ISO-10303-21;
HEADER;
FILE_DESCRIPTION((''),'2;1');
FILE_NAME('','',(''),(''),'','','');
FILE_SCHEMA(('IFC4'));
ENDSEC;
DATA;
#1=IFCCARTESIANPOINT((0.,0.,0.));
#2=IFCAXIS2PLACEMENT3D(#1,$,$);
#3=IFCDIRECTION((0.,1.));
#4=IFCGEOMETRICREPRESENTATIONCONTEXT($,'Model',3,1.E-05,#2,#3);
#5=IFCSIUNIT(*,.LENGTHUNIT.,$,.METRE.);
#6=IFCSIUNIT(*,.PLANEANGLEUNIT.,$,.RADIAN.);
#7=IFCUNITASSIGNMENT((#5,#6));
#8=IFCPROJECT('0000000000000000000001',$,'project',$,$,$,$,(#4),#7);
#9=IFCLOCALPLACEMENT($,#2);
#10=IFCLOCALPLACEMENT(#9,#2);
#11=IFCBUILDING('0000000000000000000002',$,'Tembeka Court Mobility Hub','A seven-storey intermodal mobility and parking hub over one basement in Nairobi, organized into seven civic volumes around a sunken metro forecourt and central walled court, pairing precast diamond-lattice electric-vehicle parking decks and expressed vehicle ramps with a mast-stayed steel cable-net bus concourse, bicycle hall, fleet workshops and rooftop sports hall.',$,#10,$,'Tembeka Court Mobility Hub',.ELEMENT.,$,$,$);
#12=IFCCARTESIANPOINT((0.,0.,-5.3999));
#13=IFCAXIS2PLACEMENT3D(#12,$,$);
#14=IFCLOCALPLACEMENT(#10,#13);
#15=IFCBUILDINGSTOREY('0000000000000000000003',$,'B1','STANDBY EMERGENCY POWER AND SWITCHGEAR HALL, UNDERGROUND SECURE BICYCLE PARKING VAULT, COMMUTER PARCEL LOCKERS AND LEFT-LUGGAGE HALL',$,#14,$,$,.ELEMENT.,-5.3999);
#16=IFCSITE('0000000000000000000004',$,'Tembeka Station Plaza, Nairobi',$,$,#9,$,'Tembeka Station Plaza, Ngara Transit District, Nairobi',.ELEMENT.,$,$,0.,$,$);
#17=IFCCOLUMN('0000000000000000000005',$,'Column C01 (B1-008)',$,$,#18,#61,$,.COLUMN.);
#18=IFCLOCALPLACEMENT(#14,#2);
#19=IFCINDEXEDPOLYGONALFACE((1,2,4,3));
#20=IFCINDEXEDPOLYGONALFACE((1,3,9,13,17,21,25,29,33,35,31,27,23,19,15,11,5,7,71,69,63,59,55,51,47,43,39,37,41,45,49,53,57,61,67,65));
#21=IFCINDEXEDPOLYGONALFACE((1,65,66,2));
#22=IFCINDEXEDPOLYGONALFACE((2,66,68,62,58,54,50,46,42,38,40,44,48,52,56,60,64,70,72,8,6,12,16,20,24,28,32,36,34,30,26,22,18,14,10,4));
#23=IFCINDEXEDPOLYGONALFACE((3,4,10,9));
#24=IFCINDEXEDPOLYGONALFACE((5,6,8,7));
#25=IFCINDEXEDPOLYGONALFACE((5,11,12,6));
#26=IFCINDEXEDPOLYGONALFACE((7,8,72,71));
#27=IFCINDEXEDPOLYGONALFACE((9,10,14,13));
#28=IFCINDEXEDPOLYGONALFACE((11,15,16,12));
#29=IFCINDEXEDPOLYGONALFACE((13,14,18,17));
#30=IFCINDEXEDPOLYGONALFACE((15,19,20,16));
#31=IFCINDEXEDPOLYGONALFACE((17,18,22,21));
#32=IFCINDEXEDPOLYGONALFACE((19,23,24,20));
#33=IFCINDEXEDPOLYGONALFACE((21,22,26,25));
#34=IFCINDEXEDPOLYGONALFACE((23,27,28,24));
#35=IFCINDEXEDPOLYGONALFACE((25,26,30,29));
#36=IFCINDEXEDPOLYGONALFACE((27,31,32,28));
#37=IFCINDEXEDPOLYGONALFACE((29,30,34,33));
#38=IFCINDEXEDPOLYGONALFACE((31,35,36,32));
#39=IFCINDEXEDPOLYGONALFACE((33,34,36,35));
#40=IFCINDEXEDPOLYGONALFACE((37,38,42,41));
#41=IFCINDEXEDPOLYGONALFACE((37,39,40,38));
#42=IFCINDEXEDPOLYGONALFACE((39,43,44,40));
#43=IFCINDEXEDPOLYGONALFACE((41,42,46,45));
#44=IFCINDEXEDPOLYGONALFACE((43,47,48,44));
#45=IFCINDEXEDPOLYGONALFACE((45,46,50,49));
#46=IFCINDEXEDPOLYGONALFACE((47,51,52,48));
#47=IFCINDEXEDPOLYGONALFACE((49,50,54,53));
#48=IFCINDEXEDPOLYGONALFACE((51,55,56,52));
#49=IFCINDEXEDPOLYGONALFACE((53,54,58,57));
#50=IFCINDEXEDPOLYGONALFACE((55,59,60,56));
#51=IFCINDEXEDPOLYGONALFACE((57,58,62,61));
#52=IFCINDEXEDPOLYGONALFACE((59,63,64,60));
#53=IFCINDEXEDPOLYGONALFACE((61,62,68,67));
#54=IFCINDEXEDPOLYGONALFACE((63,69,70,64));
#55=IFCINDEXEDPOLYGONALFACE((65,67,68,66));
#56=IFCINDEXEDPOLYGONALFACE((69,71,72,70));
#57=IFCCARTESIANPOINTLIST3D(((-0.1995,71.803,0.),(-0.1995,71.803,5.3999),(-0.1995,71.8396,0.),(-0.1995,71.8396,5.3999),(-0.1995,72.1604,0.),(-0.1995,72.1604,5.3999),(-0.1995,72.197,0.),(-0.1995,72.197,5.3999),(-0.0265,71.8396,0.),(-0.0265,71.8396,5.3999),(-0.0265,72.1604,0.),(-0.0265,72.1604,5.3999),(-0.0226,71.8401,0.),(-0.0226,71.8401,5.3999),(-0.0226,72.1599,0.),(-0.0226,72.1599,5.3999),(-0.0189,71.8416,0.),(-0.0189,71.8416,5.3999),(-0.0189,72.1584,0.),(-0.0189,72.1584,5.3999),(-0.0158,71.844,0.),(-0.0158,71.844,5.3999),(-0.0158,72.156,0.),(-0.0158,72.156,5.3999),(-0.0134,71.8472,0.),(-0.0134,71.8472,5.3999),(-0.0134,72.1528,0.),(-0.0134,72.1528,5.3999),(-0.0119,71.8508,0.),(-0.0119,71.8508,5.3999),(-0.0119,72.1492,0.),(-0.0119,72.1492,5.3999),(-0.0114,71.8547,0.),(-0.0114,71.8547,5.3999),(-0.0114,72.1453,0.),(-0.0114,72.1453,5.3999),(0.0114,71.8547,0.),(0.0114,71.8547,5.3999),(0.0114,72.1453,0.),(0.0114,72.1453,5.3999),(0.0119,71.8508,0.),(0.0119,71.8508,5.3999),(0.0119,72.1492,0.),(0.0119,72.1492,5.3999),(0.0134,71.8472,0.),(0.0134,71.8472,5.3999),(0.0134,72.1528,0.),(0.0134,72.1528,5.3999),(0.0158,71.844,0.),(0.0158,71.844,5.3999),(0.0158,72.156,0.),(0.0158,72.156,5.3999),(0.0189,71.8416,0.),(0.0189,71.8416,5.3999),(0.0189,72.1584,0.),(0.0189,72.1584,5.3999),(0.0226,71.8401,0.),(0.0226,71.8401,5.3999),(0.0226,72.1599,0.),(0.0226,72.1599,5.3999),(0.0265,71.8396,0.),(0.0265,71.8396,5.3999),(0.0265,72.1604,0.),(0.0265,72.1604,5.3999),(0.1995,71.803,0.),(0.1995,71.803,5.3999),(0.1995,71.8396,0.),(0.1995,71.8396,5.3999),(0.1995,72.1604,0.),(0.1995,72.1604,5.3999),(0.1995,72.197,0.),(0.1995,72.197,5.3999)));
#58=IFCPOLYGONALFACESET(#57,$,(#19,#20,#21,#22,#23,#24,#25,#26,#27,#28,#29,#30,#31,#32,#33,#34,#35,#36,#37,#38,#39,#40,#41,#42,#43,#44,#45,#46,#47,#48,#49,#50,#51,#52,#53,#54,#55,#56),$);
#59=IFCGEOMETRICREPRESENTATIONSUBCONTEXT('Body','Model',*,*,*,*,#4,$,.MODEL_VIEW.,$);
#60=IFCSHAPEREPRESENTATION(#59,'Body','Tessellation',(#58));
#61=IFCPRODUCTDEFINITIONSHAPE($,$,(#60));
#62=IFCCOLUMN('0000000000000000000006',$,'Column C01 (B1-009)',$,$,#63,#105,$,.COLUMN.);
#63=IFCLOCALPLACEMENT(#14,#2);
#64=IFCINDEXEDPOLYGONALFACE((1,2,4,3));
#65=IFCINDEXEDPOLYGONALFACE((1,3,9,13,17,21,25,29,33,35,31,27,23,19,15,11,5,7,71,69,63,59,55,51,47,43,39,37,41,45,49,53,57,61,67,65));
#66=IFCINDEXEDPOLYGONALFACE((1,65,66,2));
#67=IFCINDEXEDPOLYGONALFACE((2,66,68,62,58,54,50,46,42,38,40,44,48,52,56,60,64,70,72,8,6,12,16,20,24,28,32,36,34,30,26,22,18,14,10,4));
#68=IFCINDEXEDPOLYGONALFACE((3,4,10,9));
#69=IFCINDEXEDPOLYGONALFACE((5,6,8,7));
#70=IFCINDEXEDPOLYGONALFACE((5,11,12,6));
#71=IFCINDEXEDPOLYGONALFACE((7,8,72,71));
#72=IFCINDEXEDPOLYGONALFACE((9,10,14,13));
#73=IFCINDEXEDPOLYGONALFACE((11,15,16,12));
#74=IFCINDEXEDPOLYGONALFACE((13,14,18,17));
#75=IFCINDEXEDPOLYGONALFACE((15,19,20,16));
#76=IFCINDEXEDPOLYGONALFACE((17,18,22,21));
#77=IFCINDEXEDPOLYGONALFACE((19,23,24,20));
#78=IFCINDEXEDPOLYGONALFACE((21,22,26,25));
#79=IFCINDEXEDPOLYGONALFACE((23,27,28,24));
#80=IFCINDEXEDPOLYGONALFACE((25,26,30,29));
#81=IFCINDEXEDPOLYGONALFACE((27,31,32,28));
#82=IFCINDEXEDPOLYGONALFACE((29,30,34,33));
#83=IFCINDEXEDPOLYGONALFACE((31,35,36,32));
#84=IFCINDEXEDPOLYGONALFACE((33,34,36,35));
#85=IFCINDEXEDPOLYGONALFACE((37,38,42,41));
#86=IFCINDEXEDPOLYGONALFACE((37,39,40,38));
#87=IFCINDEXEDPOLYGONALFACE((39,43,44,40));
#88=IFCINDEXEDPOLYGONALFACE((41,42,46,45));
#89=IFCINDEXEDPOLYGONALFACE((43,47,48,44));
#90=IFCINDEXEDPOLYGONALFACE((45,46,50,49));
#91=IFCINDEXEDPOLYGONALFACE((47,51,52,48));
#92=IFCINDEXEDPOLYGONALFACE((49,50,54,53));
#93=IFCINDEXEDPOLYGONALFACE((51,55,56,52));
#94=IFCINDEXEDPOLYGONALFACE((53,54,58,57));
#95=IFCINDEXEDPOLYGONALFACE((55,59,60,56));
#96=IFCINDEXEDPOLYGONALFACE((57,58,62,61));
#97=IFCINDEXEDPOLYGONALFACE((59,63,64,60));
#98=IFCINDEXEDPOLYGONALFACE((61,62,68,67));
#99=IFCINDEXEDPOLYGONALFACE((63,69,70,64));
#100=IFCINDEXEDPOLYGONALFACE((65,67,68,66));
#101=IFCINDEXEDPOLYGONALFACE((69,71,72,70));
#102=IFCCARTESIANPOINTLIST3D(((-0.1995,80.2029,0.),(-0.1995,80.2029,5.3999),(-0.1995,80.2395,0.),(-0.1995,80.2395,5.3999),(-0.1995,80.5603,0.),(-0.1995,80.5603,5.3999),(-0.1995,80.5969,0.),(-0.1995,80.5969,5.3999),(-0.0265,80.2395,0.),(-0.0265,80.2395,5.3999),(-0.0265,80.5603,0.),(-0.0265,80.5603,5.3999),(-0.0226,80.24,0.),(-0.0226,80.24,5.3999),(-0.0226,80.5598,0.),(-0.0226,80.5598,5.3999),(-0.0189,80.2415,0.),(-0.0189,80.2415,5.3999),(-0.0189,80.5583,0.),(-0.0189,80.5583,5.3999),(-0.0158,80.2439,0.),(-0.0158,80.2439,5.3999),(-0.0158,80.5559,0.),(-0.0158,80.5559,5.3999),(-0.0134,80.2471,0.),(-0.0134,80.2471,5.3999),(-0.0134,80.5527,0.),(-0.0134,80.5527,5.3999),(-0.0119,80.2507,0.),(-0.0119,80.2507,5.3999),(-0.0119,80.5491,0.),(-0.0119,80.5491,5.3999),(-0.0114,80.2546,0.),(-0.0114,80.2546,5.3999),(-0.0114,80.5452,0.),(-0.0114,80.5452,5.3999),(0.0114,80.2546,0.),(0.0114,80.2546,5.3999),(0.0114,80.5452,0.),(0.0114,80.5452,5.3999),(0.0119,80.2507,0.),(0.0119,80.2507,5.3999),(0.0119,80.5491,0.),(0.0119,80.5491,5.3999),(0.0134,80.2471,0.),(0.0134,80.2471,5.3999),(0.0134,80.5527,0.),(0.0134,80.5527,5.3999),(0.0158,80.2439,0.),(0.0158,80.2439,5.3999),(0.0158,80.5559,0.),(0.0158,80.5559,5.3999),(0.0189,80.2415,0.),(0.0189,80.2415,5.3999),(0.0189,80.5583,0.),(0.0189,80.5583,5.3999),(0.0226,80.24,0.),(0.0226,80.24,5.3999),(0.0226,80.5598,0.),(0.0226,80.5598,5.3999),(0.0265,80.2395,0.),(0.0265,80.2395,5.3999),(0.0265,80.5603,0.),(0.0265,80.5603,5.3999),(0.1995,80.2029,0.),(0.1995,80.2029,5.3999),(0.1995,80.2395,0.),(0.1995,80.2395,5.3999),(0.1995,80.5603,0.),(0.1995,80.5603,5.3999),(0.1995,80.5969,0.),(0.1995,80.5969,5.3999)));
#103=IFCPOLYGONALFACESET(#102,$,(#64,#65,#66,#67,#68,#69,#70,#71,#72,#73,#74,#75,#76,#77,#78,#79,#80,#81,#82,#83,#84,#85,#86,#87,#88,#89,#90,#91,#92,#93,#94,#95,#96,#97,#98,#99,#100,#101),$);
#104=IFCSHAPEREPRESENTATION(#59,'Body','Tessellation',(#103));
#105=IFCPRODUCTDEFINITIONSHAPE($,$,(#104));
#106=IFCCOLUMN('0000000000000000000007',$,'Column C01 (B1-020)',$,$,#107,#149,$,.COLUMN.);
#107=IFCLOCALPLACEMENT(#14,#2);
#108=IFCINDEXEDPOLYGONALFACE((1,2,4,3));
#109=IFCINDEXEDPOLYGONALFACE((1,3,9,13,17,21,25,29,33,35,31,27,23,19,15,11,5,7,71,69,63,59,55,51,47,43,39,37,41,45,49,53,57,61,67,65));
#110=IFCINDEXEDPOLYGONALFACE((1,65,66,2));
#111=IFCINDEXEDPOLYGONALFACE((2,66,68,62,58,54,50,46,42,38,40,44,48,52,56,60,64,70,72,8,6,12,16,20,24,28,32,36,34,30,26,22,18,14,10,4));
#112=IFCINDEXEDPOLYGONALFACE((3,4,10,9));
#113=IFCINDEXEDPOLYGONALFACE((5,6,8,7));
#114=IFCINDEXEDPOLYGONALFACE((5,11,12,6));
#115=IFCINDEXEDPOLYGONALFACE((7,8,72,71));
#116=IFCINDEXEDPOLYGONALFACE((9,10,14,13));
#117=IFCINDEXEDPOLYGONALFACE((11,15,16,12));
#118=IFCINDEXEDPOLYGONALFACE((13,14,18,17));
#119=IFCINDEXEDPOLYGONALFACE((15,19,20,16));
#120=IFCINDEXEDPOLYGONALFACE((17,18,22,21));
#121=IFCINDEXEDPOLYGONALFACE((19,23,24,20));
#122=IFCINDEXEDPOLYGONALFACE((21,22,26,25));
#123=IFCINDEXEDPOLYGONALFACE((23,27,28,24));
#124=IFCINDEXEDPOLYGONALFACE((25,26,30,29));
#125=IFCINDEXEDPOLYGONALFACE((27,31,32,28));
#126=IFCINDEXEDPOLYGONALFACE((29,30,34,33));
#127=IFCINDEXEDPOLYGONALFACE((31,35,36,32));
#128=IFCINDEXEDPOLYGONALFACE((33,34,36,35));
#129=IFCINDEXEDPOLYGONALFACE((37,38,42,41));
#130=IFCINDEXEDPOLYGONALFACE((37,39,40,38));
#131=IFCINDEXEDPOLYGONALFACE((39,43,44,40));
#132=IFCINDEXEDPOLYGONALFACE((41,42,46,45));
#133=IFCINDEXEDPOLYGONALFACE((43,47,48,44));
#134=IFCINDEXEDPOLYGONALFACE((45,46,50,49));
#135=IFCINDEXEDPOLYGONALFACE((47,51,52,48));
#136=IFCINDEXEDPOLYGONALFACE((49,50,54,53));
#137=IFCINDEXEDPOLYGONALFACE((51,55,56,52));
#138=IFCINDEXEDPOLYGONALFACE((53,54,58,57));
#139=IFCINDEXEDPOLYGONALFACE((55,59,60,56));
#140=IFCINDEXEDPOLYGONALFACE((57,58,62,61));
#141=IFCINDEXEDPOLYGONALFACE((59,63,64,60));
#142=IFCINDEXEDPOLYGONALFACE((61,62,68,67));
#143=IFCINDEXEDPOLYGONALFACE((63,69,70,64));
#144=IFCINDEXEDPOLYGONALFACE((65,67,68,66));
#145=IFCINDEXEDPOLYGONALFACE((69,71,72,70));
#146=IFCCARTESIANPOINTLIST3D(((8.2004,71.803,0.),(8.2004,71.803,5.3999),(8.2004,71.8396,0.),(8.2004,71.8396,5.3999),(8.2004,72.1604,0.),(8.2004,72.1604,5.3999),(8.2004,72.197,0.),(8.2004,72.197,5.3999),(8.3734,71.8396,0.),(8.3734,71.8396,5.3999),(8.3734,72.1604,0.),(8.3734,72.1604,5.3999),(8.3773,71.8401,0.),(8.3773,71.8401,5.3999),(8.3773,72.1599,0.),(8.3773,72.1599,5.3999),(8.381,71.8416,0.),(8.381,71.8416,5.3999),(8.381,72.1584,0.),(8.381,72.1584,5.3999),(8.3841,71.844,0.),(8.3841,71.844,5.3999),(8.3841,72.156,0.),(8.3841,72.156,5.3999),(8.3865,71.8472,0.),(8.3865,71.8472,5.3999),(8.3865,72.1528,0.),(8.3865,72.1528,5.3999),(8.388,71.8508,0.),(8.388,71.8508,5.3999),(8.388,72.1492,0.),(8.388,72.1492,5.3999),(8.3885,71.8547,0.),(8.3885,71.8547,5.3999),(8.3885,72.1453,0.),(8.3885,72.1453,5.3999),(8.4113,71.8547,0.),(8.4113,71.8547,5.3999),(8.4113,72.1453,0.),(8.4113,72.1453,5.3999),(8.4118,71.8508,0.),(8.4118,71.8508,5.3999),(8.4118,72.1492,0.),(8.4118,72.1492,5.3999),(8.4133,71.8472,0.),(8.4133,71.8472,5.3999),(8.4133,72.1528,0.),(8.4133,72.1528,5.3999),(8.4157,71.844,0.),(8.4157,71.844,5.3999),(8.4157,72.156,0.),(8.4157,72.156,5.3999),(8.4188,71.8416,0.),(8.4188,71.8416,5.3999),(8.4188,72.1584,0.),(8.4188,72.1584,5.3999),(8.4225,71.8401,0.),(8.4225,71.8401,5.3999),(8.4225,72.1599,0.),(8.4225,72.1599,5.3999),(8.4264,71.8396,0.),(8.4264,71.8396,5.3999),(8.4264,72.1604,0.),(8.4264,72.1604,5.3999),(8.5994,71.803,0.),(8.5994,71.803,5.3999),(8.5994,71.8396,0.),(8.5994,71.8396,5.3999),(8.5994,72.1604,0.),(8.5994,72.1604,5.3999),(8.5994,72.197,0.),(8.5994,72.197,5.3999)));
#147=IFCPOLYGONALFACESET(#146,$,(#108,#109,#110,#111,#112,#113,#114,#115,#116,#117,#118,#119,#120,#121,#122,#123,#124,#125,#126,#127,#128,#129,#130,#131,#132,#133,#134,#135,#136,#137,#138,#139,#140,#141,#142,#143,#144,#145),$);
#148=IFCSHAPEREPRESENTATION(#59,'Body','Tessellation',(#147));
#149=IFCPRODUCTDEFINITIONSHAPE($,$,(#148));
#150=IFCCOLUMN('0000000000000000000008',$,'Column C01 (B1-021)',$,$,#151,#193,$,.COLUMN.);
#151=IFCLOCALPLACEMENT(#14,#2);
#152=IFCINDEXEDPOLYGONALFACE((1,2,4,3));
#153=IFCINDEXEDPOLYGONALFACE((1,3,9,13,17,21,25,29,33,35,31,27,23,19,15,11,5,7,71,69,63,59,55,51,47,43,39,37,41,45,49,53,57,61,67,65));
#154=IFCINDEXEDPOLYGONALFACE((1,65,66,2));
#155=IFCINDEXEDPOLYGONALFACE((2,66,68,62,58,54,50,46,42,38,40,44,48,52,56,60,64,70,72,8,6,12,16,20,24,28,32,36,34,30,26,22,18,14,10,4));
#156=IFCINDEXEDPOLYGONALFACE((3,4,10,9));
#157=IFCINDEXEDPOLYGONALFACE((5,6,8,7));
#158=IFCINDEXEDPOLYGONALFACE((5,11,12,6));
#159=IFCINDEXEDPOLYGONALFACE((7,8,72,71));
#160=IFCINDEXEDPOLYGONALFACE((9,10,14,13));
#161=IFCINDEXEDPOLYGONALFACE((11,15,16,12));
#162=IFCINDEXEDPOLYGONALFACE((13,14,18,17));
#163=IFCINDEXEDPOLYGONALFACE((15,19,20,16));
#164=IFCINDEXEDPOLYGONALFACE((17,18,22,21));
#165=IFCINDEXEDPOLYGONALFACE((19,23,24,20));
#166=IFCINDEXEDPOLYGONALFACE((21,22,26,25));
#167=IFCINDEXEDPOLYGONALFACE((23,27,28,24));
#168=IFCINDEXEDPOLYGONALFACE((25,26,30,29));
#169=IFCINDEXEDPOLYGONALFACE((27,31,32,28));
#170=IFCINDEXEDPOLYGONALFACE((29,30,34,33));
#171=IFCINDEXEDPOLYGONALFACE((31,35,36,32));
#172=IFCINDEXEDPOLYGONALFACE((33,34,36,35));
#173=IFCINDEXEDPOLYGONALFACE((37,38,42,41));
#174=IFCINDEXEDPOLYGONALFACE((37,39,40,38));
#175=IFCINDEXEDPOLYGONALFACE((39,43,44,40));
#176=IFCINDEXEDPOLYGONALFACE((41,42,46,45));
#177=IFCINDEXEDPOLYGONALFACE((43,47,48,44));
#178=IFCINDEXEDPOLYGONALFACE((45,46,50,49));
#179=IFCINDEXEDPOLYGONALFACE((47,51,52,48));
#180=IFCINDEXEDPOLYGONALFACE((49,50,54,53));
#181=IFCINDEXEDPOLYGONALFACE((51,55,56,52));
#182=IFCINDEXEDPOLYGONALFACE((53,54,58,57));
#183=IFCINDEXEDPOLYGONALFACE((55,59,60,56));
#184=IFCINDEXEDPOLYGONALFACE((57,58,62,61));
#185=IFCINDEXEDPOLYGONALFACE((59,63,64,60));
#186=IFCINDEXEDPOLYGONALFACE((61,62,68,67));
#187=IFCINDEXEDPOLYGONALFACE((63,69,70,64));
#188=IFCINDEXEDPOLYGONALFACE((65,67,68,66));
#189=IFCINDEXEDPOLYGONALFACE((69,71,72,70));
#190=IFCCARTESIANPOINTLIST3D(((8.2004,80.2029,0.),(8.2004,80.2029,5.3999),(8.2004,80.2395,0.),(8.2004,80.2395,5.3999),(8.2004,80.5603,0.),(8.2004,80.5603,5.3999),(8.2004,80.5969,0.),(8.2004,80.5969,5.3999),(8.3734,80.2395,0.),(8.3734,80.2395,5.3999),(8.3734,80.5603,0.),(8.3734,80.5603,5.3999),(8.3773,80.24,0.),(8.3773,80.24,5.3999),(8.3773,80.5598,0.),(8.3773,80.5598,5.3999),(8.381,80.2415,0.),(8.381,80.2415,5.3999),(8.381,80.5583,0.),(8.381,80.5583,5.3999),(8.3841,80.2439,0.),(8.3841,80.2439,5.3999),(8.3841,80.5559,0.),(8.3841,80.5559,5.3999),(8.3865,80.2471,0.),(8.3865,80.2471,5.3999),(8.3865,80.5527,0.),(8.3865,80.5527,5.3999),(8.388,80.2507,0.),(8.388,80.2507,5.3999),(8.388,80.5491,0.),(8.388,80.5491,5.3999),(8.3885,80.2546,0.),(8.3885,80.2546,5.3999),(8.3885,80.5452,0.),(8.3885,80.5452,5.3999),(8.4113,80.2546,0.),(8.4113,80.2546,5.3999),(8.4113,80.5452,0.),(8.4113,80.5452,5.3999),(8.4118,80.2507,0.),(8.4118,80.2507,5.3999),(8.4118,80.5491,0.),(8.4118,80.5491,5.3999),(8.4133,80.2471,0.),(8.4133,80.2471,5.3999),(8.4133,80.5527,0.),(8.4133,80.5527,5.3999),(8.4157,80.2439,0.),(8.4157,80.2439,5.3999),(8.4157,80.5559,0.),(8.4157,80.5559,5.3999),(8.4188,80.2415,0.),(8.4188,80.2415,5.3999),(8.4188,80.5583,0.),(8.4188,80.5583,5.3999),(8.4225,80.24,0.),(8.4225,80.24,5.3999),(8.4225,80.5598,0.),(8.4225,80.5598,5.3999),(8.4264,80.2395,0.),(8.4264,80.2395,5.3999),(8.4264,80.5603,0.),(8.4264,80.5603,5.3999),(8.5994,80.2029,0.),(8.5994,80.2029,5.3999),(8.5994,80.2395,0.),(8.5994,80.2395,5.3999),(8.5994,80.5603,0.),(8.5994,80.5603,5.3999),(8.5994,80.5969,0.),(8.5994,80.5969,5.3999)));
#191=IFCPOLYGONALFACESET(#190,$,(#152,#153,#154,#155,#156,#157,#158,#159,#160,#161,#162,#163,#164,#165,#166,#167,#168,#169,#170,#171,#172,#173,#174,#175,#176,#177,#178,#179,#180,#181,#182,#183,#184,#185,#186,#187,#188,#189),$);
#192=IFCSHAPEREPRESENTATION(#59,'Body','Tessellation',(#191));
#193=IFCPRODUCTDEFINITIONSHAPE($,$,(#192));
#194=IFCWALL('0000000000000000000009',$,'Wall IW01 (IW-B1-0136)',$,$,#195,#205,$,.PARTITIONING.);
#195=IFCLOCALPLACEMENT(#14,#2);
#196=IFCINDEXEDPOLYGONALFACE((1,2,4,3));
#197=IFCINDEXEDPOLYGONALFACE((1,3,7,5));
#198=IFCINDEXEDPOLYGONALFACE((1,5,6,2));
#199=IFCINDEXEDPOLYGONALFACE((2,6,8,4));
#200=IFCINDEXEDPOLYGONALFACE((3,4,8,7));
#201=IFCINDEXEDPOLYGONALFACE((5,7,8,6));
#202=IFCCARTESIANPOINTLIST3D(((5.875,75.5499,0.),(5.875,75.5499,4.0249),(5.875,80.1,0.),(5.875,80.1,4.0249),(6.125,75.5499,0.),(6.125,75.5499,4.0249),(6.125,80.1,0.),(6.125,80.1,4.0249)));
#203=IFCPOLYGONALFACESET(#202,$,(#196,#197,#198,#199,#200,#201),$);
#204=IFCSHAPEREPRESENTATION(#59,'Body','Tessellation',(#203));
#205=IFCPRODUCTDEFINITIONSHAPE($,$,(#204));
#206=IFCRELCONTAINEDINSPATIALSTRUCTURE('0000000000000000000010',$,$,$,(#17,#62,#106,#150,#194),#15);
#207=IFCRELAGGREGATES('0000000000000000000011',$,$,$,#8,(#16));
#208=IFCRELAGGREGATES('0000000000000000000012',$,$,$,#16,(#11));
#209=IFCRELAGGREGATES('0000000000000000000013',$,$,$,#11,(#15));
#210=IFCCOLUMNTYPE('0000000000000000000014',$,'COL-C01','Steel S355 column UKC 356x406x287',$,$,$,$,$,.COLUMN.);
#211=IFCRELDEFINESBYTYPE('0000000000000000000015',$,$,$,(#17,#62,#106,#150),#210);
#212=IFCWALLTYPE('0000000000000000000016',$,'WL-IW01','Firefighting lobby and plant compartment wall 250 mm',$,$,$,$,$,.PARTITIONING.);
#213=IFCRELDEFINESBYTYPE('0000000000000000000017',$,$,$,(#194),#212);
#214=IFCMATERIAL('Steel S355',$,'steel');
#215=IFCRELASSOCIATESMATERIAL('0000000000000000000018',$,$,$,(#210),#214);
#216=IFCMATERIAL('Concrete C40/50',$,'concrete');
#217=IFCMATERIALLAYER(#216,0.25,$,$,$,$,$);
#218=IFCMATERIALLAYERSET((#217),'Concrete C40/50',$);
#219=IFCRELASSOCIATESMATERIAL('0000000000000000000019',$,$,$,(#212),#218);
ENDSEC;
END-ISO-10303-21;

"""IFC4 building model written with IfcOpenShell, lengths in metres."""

from ifc_helpers import new_model, si_unit, direction, frame, frame_2d, origin, origin_2d, place, context, subcontext, project, spatial, rectangle, i_section, extrude, material, layer, layer_set, material_profile, profile_set, type_object, element, save


model = new_model("IFC4")

# Units and contexts
model_context = context("Model", 3, precision=1e-05, world=origin(), true_north=direction((0.0, 1.0)))
body_context = subcontext(model_context, "Body", "Model", "MODEL_VIEW")
ifc_project = project(units=[si_unit("LENGTHUNIT", "METRE"), si_unit("PLANEANGLEUNIT", "RADIAN")], contexts=[model_context])

# Site, building, storey
site_placement = place(None, origin())
site = spatial("IfcSite", under=ifc_project, at=site_placement, Name="Tembeka Station Plaza, Nairobi", LongName="Tembeka Station Plaza, Ngara Transit District, Nairobi", CompositionType="ELEMENT", RefElevation=0.0)
building_placement = place(site_placement, origin())
building = spatial("IfcBuilding", under=site, at=building_placement, Name="Tembeka Court Mobility Hub", Description="A seven-storey intermodal mobility and parking hub over one basement in Nairobi, organized into seven civic volumes around a sunken metro forecourt and central walled court, pairing precast diamond-lattice electric-vehicle parking decks and expressed vehicle ramps with a mast-stayed steel cable-net bus concourse, bicycle hall, fleet workshops and rooftop sports hall.", LongName="Tembeka Court Mobility Hub", CompositionType="ELEMENT")
storey_placement = place(building_placement, frame((0.0, 0.0, -5.3999)))
storey = spatial("IfcBuildingStorey", under=building, at=storey_placement, Name="B1", Description="STANDBY EMERGENCY POWER AND SWITCHGEAR HALL, UNDERGROUND SECURE BICYCLE PARKING VAULT, COMMUTER PARCEL LOCKERS AND LEFT-LUGGAGE HALL", CompositionType="ELEMENT", Elevation=-5.3999)

# Shared definitions
ifc_material_1 = material(Name="Concrete C40/50", Category="concrete")

# Columns
ifc_material_2 = material(Name="Steel S355", Category="steel")
ifc_material_profile_1 = material_profile(ifc_material_2, i_section(OverallWidth=0.3989, OverallDepth=0.394, WebThickness=0.0227, FlangeThickness=0.0366, FilletRadius=0.0151, at=origin_2d()), Name="UKC 356x406x287")
ifc_profile_set_1 = profile_set([ifc_material_profile_1], Name="Steel S355")
column_type = type_object("IfcColumnType", Name="COL-C01", Description="Steel S355 column UKC 356x406x287", PredefinedType="COLUMN", material=ifc_profile_set_1)
for number, where, z_axis, x_axis, name in (
    (1, (0.0, 72.0, 0.0), (0.0, 0.0, 1.0), (1.0, 0.0, 0.0), "Column C01 (B1-008)"),
    (2, (0.0, 80.3999, 0.0), (0.0, 0.0, 1.0), (1.0, 0.0, 0.0), "Column C01 (B1-009)"),
    (3, (8.3999, 72.0, 0.0), (0.0, 0.0, 1.0), (1.0, 0.0, 0.0), "Column C01 (B1-020)"),
    (4, (8.3999, 80.3999, 0.0), (0.0, 0.0, 1.0), (1.0, 0.0, 0.0), "Column C01 (B1-021)"),
):
    element("IfcColumn", number, at=place(storey_placement, frame(where, z_axis=z_axis, x_axis=x_axis)), inside=storey, type_object=column_type, Name=name, PredefinedType="COLUMN", context=body_context, shape_type="SweptSolid", body=[
        extrude(i_section(OverallWidth=0.3989, OverallDepth=0.394, WebThickness=0.0227, FlangeThickness=0.0366, FilletRadius=0.0151, at=origin_2d()), origin(), (0.0, 0.0, 1.0), 5.3999),
    ])

# Wall
ifc_layer_1 = layer(ifc_material_1, 0.25)
ifc_layer_set_1 = layer_set([ifc_layer_1], Name="Concrete C40/50")
wall_type_1 = type_object("IfcWallType", Name="WL-IW01", Description="Firefighting lobby and plant compartment wall 250 mm", PredefinedType="PARTITIONING", material=ifc_layer_set_1)
wall_1_placement = place(storey_placement, frame((6.0, 75.55, 0.0), z_axis=(0.0, 0.0, 1.0), x_axis=(0.0, 1.0, 0.0)))
element("IfcWall", 5, at=wall_1_placement, inside=storey, type_object=wall_type_1, Name="Wall IW01 (IW-B1-0136)", PredefinedType="PARTITIONING", context=body_context, shape_type="SweptSolid", body=[
    extrude(rectangle(XDim=4.55, YDim=0.25, at=frame_2d((2.2749, 0.0))), origin(), (0.0, 0.0, 1.0), 4.0249),
])

save(model, "model.ifc")
